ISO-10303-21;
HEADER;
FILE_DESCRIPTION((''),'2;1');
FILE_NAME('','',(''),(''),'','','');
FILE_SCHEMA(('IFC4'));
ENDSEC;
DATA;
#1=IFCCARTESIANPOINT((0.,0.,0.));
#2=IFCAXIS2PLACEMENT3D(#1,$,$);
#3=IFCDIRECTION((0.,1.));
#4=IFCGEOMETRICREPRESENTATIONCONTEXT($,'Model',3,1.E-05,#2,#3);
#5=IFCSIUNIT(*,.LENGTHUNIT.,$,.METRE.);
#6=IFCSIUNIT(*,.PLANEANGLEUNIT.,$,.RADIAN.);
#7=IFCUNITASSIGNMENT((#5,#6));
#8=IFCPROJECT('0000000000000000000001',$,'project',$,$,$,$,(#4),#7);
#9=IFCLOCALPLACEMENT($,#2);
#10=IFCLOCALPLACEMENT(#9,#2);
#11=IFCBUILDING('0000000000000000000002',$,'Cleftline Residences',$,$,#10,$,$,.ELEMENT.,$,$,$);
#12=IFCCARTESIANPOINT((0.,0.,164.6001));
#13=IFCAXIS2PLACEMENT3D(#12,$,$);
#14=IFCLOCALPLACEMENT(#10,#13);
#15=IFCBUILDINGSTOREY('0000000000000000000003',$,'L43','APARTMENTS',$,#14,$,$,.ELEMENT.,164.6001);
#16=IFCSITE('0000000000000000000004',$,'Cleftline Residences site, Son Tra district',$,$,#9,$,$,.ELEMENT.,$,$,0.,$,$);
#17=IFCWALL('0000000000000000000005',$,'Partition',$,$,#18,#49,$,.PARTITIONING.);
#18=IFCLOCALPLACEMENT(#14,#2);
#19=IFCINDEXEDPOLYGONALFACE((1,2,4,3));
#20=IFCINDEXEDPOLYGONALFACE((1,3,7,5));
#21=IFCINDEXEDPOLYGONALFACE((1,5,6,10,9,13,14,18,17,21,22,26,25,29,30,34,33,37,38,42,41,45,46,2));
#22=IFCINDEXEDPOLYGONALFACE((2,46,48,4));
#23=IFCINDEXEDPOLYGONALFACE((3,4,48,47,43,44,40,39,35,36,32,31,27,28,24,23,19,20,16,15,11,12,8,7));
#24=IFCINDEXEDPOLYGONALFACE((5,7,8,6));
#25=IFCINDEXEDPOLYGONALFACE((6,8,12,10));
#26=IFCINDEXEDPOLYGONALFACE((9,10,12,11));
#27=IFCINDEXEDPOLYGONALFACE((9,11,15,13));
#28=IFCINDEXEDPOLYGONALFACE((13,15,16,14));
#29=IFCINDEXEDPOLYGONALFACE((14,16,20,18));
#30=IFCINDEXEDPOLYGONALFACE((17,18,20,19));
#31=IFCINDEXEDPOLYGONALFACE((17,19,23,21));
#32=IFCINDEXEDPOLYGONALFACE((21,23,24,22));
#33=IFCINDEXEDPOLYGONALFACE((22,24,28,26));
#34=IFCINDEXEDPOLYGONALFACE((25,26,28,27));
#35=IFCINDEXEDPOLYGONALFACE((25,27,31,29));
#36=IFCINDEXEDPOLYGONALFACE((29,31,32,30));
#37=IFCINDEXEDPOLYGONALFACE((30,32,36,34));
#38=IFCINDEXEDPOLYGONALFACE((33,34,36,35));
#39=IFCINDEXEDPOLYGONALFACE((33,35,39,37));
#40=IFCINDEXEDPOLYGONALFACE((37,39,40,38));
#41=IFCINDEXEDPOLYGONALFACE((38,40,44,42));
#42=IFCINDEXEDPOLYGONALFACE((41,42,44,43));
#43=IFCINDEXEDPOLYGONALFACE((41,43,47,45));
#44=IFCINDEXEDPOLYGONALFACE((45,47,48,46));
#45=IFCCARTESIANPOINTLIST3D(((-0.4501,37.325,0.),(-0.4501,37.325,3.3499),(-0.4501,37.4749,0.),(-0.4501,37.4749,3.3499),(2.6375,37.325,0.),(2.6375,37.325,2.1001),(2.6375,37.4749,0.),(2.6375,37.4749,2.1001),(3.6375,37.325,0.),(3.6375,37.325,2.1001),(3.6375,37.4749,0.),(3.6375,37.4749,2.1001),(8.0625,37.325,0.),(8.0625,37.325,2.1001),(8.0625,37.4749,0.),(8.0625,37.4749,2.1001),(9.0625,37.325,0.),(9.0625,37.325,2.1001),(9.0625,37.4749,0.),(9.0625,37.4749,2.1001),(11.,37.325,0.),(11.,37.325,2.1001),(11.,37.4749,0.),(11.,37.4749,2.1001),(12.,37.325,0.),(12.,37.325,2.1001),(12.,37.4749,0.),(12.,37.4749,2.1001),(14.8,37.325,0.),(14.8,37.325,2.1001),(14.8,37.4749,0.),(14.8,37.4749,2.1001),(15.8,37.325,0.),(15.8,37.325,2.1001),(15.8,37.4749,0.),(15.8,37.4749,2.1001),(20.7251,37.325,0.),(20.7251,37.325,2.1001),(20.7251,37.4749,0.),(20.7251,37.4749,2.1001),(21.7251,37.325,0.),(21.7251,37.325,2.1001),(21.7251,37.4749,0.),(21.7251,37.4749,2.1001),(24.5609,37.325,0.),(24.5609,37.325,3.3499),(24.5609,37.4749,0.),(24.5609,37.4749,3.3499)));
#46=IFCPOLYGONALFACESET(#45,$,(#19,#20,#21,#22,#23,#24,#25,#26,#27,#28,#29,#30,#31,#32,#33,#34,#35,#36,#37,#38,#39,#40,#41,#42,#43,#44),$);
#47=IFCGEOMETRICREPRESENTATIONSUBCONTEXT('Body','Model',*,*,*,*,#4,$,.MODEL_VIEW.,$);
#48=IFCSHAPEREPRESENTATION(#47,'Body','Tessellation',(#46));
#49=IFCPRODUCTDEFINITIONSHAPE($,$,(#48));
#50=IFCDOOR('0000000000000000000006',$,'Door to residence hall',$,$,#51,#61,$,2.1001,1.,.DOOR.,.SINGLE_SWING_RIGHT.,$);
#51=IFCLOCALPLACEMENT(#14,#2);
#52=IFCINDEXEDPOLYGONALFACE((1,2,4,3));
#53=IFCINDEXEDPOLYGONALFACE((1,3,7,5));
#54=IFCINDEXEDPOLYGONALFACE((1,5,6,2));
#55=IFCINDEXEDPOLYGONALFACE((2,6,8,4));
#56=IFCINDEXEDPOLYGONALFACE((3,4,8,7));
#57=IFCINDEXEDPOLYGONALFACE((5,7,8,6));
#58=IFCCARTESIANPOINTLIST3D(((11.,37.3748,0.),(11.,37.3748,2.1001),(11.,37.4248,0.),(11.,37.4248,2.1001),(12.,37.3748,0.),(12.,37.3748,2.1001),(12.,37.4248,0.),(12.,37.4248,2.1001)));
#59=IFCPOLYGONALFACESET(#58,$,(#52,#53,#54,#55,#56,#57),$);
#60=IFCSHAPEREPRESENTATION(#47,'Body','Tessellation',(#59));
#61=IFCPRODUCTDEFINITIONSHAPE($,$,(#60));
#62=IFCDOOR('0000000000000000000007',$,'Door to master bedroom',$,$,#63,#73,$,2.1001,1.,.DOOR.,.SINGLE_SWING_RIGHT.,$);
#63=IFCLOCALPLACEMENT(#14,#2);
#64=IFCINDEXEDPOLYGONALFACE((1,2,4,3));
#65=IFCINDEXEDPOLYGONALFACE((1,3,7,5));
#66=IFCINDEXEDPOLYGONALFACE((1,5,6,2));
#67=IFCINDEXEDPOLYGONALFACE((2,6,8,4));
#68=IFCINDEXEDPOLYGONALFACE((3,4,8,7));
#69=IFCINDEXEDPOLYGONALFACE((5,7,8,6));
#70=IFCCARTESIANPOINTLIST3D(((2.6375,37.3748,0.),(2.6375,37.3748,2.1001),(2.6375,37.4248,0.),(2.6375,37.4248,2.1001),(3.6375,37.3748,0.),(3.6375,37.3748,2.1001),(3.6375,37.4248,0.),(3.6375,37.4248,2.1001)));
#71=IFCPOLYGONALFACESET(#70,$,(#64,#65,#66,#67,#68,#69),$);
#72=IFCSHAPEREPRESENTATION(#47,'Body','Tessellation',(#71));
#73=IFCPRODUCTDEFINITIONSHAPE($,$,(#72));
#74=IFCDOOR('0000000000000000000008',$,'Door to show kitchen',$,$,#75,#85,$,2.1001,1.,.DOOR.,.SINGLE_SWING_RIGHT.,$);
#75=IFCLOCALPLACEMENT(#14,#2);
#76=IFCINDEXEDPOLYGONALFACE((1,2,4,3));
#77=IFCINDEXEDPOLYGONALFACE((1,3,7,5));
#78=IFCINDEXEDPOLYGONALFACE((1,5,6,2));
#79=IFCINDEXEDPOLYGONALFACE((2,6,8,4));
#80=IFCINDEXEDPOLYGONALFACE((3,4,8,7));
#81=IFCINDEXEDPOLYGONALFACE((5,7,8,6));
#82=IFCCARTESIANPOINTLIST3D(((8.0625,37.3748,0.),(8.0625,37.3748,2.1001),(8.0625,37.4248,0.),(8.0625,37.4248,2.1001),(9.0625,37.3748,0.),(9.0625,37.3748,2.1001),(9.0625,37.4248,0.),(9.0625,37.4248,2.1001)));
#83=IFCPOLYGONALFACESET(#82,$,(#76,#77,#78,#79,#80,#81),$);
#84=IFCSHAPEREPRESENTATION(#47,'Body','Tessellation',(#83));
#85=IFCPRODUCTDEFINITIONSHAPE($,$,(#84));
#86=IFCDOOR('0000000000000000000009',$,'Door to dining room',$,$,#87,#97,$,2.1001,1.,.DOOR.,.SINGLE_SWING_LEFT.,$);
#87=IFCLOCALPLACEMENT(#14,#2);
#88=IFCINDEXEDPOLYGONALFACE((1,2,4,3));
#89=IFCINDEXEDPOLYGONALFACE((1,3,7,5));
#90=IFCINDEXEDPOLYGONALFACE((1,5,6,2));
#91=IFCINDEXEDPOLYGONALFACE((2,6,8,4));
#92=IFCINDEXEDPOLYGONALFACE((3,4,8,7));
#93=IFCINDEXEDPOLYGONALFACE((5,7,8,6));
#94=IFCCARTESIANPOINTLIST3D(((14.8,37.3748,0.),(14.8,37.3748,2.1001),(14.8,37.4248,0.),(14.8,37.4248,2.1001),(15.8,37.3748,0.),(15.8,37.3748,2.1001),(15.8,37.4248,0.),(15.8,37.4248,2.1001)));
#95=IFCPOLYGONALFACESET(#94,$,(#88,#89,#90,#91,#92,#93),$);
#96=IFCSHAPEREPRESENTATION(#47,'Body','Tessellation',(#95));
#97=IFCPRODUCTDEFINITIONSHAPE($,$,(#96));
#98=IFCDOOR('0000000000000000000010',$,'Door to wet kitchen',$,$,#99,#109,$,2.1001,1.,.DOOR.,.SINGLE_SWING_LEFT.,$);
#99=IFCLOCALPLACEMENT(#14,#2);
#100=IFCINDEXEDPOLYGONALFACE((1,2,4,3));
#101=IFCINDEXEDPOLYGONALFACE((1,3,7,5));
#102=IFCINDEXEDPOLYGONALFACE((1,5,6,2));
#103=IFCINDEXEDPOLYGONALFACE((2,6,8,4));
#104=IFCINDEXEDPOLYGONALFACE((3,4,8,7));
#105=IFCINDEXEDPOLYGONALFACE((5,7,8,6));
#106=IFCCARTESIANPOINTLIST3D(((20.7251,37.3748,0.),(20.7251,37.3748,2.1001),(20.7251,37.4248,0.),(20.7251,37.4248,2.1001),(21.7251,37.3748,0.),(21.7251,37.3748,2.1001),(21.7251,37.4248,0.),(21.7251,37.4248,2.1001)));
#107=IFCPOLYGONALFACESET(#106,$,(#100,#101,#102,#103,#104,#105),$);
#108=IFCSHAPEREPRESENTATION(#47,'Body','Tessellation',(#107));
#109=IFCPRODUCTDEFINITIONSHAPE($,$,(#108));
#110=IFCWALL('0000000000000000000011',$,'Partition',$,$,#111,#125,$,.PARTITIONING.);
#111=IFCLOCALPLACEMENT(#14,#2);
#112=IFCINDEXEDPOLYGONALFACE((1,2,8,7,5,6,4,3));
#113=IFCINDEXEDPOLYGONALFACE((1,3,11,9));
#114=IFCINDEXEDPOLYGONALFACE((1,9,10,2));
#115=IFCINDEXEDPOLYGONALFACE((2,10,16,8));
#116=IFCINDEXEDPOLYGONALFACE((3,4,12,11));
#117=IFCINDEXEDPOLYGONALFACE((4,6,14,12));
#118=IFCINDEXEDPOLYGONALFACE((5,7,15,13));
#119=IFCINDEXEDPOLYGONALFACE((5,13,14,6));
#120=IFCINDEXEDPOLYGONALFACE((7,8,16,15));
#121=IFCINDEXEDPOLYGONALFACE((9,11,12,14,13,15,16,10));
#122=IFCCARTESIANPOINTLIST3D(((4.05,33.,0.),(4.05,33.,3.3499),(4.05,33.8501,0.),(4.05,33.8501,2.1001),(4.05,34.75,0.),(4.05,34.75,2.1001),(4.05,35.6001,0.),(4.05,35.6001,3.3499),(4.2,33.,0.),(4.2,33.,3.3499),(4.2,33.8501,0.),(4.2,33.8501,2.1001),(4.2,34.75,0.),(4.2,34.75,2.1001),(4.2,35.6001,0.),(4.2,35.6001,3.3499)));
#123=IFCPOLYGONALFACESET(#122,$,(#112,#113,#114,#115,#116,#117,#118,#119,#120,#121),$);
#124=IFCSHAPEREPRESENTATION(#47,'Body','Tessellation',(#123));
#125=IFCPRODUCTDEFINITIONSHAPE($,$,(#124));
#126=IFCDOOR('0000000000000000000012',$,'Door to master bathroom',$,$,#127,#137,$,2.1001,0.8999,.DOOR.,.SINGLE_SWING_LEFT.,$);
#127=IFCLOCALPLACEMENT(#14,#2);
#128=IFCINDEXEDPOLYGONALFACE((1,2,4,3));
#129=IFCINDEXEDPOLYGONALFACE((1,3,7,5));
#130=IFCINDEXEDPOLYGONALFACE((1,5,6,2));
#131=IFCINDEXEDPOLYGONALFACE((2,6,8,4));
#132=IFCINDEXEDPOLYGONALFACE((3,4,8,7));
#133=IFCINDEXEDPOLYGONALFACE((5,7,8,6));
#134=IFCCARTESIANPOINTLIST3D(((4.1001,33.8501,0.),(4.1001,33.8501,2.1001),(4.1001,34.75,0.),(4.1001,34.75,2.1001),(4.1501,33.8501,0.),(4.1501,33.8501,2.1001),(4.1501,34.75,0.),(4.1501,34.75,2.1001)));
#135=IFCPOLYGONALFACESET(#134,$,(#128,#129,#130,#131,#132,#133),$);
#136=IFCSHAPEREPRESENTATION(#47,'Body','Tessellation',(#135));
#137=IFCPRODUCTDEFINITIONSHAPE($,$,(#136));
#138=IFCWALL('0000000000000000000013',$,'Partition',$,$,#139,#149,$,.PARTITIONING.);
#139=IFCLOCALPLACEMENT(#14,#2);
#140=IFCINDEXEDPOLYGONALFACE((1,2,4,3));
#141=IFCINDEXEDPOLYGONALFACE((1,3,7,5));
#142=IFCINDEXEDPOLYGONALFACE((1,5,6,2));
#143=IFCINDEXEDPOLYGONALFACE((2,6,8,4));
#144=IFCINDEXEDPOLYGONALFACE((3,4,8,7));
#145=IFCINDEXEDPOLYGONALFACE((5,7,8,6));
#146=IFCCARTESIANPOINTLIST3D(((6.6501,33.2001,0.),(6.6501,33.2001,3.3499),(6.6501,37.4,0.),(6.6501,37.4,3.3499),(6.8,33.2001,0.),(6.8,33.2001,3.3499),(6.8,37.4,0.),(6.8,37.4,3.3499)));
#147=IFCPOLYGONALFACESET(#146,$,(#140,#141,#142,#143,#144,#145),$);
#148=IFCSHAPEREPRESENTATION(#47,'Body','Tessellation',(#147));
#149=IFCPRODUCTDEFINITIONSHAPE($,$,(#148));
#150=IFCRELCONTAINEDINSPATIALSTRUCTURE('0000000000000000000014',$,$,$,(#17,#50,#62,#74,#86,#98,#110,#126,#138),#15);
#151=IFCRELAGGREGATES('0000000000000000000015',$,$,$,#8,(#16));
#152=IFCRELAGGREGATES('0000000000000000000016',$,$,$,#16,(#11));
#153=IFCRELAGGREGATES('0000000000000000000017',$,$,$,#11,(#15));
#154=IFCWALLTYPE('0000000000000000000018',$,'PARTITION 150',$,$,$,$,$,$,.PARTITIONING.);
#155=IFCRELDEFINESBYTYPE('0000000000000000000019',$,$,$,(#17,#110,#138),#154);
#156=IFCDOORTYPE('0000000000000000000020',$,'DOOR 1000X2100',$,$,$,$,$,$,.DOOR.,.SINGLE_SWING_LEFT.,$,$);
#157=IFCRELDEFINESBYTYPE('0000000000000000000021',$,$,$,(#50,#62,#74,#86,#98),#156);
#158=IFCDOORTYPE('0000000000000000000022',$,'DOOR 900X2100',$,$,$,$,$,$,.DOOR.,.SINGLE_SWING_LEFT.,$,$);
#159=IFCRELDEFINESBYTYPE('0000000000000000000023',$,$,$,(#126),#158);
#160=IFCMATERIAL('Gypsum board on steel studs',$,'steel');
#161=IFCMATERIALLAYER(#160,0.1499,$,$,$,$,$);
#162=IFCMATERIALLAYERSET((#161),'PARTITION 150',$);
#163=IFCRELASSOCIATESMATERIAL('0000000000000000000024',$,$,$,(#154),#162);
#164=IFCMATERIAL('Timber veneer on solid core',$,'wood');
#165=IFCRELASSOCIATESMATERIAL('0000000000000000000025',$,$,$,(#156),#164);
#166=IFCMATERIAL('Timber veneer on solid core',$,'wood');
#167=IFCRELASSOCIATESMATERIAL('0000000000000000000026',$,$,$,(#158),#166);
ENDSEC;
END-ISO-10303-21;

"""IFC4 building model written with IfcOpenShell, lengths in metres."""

from ifc_helpers import new_model, si_unit, direction, frame, frame_2d, origin, place, context, subcontext, project, spatial, rectangle, extrude, material, layer, layer_set, type_object, element, fill, save


model = new_model("IFC4")

# Units and contexts
model_context = context("Model", 3, precision=1e-05, world=origin(), true_north=direction((0.0, 1.0)))
body_context = subcontext(model_context, "Body", "Model", "MODEL_VIEW")
ifc_project = project(units=[si_unit("LENGTHUNIT", "METRE"), si_unit("PLANEANGLEUNIT", "RADIAN")], contexts=[model_context])

# Site, building, storey
site_placement = place(None, origin())
site = spatial("IfcSite", under=ifc_project, at=site_placement, Name="Cleftline Residences site, Son Tra district", CompositionType="ELEMENT", RefElevation=0.0)
building_placement = place(site_placement, origin())
building = spatial("IfcBuilding", under=site, at=building_placement, Name="Cleftline Residences", CompositionType="ELEMENT")
storey_placement = place(building_placement, frame((0.0, 0.0, 164.6001)))
storey = spatial("IfcBuildingStorey", under=building, at=storey_placement, Name="L43", Description="APARTMENTS", CompositionType="ELEMENT", Elevation=164.6001)

# Shared definitions
ifc_material_1 = material(Name="Gypsum board on steel studs", Category="steel")
ifc_layer = layer(ifc_material_1, 0.1499)
ifc_layer_set = layer_set([ifc_layer], Name="PARTITION 150")
wall_type = type_object("IfcWallType", Name="PARTITION 150", PredefinedType="PARTITIONING", material=ifc_layer_set)

# Wall, openings, doors
wall_1_placement = place(storey_placement, frame((-0.45, 37.3999, 0.0), z_axis=(0.0, 0.0, 1.0), x_axis=(1.0, 0.0, 0.0)))
wall_1 = element("IfcWall", 1, at=wall_1_placement, inside=storey, type_object=wall_type, Name="Partition", PredefinedType="PARTITIONING", context=body_context, shape_type="SweptSolid", body=[
    extrude(rectangle(XDim=25.011, YDim=0.1499, at=frame_2d((12.5054, 0.0))), origin(), (0.0, 0.0, 1.0), 3.3499),
])
opening_1_placement = place(wall_1_placement, frame((11.45, 0.0, 0.0)))
opening_1 = element("IfcOpeningElement", 2, at=opening_1_placement, cuts=wall_1, PredefinedType="OPENING", context=body_context, shape_type="SweptSolid", body=[
    extrude(rectangle(XDim=1.0, YDim=2.1001, at=frame_2d((0.5, 1.05))), frame((0.0, 0.085, 0.0), z_axis=(0.0, -1.0, 0.0), x_axis=(1.0, 0.0, 0.0)), (0.0, 0.0, 1.0), 0.1699),
])
opening_2_placement = place(wall_1_placement, frame((3.0874, 0.0, 0.0)))
opening_2 = element("IfcOpeningElement", 3, at=opening_2_placement, cuts=wall_1, PredefinedType="OPENING", context=body_context, shape_type="SweptSolid", body=[
    extrude(rectangle(XDim=1.0, YDim=2.1001, at=frame_2d((0.5, 1.05))), frame((0.0, 0.085, 0.0), z_axis=(0.0, -1.0, 0.0), x_axis=(1.0, 0.0, 0.0)), (0.0, 0.0, 1.0), 0.1699),
])
opening_3_placement = place(wall_1_placement, frame((8.5125, 0.0, 0.0)))
opening_3 = element("IfcOpeningElement", 4, at=opening_3_placement, cuts=wall_1, PredefinedType="OPENING", context=body_context, shape_type="SweptSolid", body=[
    extrude(rectangle(XDim=1.0, YDim=2.1001, at=frame_2d((0.5, 1.05))), frame((0.0, 0.085, 0.0), z_axis=(0.0, -1.0, 0.0), x_axis=(1.0, 0.0, 0.0)), (0.0, 0.0, 1.0), 0.1699),
])
opening_4_placement = place(wall_1_placement, frame((15.25, 0.0, 0.0)))
opening_4 = element("IfcOpeningElement", 5, at=opening_4_placement, cuts=wall_1, PredefinedType="OPENING", context=body_context, shape_type="SweptSolid", body=[
    extrude(rectangle(XDim=1.0, YDim=2.1001, at=frame_2d((0.5, 1.05))), frame((0.0, 0.085, 0.0), z_axis=(0.0, -1.0, 0.0), x_axis=(1.0, 0.0, 0.0)), (0.0, 0.0, 1.0), 0.1699),
])
opening_5_placement = place(wall_1_placement, frame((21.175, 0.0, 0.0)))
opening_5 = element("IfcOpeningElement", 6, at=opening_5_placement, cuts=wall_1, PredefinedType="OPENING", context=body_context, shape_type="SweptSolid", body=[
    extrude(rectangle(XDim=1.0, YDim=2.1001, at=frame_2d((0.5, 1.05))), frame((0.0, 0.085, 0.0), z_axis=(0.0, -1.0, 0.0), x_axis=(1.0, 0.0, 0.0)), (0.0, 0.0, 1.0), 0.1699),
])
ifc_material_2 = material(Name="Timber veneer on solid core", Category="wood")
door_type_1 = type_object("IfcDoorType", Name="DOOR 1000X2100", OperationType="SINGLE_SWING_LEFT", PredefinedType="DOOR", material=ifc_material_2)
door_1_placement = place(opening_1_placement, origin())
door_1 = element("IfcDoor", 7, at=door_1_placement, inside=storey, type_object=door_type_1, Name="Door to residence hall", OperationType="SINGLE_SWING_RIGHT", OverallHeight=2.1001, OverallWidth=1.0, PredefinedType="DOOR", context=body_context, shape_type="SweptSolid", body=[
    extrude(rectangle(XDim=1.0, YDim=2.1001, at=frame_2d((0.5, 1.05))), frame((0.0, 0.0249, 0.0), z_axis=(0.0, -1.0, 0.0), x_axis=(1.0, 0.0, 0.0)), (0.0, 0.0, 1.0), 0.05),
])
fill(opening_1, door_1)
door_2_placement = place(opening_2_placement, origin())
door_2 = element("IfcDoor", 8, at=door_2_placement, inside=storey, type_object=door_type_1, Name="Door to master bedroom", OperationType="SINGLE_SWING_RIGHT", OverallHeight=2.1001, OverallWidth=1.0, PredefinedType="DOOR", context=body_context, shape_type="SweptSolid", body=[
    extrude(rectangle(XDim=1.0, YDim=2.1001, at=frame_2d((0.5, 1.05))), frame((0.0, 0.0249, 0.0), z_axis=(0.0, -1.0, 0.0), x_axis=(1.0, 0.0, 0.0)), (0.0, 0.0, 1.0), 0.05),
])
fill(opening_2, door_2)
door_3_placement = place(opening_3_placement, origin())
door_3 = element("IfcDoor", 9, at=door_3_placement, inside=storey, type_object=door_type_1, Name="Door to show kitchen", OperationType="SINGLE_SWING_RIGHT", OverallHeight=2.1001, OverallWidth=1.0, PredefinedType="DOOR", context=body_context, shape_type="SweptSolid", body=[
    extrude(rectangle(XDim=1.0, YDim=2.1001, at=frame_2d((0.5, 1.05))), frame((0.0, 0.0249, 0.0), z_axis=(0.0, -1.0, 0.0), x_axis=(1.0, 0.0, 0.0)), (0.0, 0.0, 1.0), 0.05),
])
fill(opening_3, door_3)
door_4_placement = place(opening_4_placement, origin())
door_4 = element("IfcDoor", 10, at=door_4_placement, inside=storey, type_object=door_type_1, Name="Door to dining room", OperationType="SINGLE_SWING_LEFT", OverallHeight=2.1001, OverallWidth=1.0, PredefinedType="DOOR", context=body_context, shape_type="SweptSolid", body=[
    extrude(rectangle(XDim=1.0, YDim=2.1001, at=frame_2d((0.5, 1.05))), frame((0.0, 0.0249, 0.0), z_axis=(0.0, -1.0, 0.0), x_axis=(1.0, 0.0, 0.0)), (0.0, 0.0, 1.0), 0.05),
])
fill(opening_4, door_4)
door_5_placement = place(opening_5_placement, origin())
door_5 = element("IfcDoor", 11, at=door_5_placement, inside=storey, type_object=door_type_1, Name="Door to wet kitchen", OperationType="SINGLE_SWING_LEFT", OverallHeight=2.1001, OverallWidth=1.0, PredefinedType="DOOR", context=body_context, shape_type="SweptSolid", body=[
    extrude(rectangle(XDim=1.0, YDim=2.1001, at=frame_2d((0.5, 1.05))), frame((0.0, 0.0249, 0.0), z_axis=(0.0, -1.0, 0.0), x_axis=(1.0, 0.0, 0.0)), (0.0, 0.0, 1.0), 0.05),
])
fill(opening_5, door_5)

# Wall, opening, door
wall_2_placement = place(storey_placement, frame((4.125, 33.0, 0.0), z_axis=(0.0, 0.0, 1.0), x_axis=(0.0, 1.0, 0.0)))
wall_2 = element("IfcWall", 12, at=wall_2_placement, inside=storey, type_object=wall_type, Name="Partition", PredefinedType="PARTITIONING", context=body_context, shape_type="SweptSolid", body=[
    extrude(rectangle(XDim=2.6001, YDim=0.1499, at=frame_2d((1.3, 0.0))), origin(), (0.0, 0.0, 1.0), 3.3499),
])
opening_6_placement = place(wall_2_placement, frame((0.8501, 0.0, 0.0)))
opening_6 = element("IfcOpeningElement", 13, at=opening_6_placement, cuts=wall_2, PredefinedType="OPENING", context=body_context, shape_type="SweptSolid", body=[
    extrude(rectangle(XDim=0.8999, YDim=2.1001, at=frame_2d((0.45, 1.05))), frame((0.0, 0.085, 0.0), z_axis=(0.0, -1.0, 0.0), x_axis=(1.0, 0.0, 0.0)), (0.0, 0.0, 1.0), 0.1699),
])
ifc_material_3 = material(Name="Timber veneer on solid core", Category="wood")
door_type_2 = type_object("IfcDoorType", Name="DOOR 900X2100", OperationType="SINGLE_SWING_LEFT", PredefinedType="DOOR", material=ifc_material_3)
door_6_placement = place(opening_6_placement, origin())
door_6 = element("IfcDoor", 14, at=door_6_placement, inside=storey, type_object=door_type_2, Name="Door to master bathroom", OperationType="SINGLE_SWING_LEFT", OverallHeight=2.1001, OverallWidth=0.8999, PredefinedType="DOOR", context=body_context, shape_type="SweptSolid", body=[
    extrude(rectangle(XDim=0.8999, YDim=2.1001, at=frame_2d((0.45, 1.05))), frame((0.0, 0.0249, 0.0), z_axis=(0.0, -1.0, 0.0), x_axis=(1.0, 0.0, 0.0)), (0.0, 0.0, 1.0), 0.05),
])
fill(opening_6, door_6)

# Wall
wall_3_placement = place(storey_placement, frame((6.7251, 33.2, 0.0), z_axis=(0.0, 0.0, 1.0), x_axis=(0.0, 1.0, 0.0)))
element("IfcWall", 15, at=wall_3_placement, inside=storey, type_object=wall_type, Name="Partition", PredefinedType="PARTITIONING", context=body_context, shape_type="SweptSolid", body=[
    extrude(rectangle(XDim=4.2, YDim=0.1499, at=frame_2d((2.1001, 0.0))), origin(), (0.0, 0.0, 1.0), 3.3499),
])

save(model, "model.ifc")
